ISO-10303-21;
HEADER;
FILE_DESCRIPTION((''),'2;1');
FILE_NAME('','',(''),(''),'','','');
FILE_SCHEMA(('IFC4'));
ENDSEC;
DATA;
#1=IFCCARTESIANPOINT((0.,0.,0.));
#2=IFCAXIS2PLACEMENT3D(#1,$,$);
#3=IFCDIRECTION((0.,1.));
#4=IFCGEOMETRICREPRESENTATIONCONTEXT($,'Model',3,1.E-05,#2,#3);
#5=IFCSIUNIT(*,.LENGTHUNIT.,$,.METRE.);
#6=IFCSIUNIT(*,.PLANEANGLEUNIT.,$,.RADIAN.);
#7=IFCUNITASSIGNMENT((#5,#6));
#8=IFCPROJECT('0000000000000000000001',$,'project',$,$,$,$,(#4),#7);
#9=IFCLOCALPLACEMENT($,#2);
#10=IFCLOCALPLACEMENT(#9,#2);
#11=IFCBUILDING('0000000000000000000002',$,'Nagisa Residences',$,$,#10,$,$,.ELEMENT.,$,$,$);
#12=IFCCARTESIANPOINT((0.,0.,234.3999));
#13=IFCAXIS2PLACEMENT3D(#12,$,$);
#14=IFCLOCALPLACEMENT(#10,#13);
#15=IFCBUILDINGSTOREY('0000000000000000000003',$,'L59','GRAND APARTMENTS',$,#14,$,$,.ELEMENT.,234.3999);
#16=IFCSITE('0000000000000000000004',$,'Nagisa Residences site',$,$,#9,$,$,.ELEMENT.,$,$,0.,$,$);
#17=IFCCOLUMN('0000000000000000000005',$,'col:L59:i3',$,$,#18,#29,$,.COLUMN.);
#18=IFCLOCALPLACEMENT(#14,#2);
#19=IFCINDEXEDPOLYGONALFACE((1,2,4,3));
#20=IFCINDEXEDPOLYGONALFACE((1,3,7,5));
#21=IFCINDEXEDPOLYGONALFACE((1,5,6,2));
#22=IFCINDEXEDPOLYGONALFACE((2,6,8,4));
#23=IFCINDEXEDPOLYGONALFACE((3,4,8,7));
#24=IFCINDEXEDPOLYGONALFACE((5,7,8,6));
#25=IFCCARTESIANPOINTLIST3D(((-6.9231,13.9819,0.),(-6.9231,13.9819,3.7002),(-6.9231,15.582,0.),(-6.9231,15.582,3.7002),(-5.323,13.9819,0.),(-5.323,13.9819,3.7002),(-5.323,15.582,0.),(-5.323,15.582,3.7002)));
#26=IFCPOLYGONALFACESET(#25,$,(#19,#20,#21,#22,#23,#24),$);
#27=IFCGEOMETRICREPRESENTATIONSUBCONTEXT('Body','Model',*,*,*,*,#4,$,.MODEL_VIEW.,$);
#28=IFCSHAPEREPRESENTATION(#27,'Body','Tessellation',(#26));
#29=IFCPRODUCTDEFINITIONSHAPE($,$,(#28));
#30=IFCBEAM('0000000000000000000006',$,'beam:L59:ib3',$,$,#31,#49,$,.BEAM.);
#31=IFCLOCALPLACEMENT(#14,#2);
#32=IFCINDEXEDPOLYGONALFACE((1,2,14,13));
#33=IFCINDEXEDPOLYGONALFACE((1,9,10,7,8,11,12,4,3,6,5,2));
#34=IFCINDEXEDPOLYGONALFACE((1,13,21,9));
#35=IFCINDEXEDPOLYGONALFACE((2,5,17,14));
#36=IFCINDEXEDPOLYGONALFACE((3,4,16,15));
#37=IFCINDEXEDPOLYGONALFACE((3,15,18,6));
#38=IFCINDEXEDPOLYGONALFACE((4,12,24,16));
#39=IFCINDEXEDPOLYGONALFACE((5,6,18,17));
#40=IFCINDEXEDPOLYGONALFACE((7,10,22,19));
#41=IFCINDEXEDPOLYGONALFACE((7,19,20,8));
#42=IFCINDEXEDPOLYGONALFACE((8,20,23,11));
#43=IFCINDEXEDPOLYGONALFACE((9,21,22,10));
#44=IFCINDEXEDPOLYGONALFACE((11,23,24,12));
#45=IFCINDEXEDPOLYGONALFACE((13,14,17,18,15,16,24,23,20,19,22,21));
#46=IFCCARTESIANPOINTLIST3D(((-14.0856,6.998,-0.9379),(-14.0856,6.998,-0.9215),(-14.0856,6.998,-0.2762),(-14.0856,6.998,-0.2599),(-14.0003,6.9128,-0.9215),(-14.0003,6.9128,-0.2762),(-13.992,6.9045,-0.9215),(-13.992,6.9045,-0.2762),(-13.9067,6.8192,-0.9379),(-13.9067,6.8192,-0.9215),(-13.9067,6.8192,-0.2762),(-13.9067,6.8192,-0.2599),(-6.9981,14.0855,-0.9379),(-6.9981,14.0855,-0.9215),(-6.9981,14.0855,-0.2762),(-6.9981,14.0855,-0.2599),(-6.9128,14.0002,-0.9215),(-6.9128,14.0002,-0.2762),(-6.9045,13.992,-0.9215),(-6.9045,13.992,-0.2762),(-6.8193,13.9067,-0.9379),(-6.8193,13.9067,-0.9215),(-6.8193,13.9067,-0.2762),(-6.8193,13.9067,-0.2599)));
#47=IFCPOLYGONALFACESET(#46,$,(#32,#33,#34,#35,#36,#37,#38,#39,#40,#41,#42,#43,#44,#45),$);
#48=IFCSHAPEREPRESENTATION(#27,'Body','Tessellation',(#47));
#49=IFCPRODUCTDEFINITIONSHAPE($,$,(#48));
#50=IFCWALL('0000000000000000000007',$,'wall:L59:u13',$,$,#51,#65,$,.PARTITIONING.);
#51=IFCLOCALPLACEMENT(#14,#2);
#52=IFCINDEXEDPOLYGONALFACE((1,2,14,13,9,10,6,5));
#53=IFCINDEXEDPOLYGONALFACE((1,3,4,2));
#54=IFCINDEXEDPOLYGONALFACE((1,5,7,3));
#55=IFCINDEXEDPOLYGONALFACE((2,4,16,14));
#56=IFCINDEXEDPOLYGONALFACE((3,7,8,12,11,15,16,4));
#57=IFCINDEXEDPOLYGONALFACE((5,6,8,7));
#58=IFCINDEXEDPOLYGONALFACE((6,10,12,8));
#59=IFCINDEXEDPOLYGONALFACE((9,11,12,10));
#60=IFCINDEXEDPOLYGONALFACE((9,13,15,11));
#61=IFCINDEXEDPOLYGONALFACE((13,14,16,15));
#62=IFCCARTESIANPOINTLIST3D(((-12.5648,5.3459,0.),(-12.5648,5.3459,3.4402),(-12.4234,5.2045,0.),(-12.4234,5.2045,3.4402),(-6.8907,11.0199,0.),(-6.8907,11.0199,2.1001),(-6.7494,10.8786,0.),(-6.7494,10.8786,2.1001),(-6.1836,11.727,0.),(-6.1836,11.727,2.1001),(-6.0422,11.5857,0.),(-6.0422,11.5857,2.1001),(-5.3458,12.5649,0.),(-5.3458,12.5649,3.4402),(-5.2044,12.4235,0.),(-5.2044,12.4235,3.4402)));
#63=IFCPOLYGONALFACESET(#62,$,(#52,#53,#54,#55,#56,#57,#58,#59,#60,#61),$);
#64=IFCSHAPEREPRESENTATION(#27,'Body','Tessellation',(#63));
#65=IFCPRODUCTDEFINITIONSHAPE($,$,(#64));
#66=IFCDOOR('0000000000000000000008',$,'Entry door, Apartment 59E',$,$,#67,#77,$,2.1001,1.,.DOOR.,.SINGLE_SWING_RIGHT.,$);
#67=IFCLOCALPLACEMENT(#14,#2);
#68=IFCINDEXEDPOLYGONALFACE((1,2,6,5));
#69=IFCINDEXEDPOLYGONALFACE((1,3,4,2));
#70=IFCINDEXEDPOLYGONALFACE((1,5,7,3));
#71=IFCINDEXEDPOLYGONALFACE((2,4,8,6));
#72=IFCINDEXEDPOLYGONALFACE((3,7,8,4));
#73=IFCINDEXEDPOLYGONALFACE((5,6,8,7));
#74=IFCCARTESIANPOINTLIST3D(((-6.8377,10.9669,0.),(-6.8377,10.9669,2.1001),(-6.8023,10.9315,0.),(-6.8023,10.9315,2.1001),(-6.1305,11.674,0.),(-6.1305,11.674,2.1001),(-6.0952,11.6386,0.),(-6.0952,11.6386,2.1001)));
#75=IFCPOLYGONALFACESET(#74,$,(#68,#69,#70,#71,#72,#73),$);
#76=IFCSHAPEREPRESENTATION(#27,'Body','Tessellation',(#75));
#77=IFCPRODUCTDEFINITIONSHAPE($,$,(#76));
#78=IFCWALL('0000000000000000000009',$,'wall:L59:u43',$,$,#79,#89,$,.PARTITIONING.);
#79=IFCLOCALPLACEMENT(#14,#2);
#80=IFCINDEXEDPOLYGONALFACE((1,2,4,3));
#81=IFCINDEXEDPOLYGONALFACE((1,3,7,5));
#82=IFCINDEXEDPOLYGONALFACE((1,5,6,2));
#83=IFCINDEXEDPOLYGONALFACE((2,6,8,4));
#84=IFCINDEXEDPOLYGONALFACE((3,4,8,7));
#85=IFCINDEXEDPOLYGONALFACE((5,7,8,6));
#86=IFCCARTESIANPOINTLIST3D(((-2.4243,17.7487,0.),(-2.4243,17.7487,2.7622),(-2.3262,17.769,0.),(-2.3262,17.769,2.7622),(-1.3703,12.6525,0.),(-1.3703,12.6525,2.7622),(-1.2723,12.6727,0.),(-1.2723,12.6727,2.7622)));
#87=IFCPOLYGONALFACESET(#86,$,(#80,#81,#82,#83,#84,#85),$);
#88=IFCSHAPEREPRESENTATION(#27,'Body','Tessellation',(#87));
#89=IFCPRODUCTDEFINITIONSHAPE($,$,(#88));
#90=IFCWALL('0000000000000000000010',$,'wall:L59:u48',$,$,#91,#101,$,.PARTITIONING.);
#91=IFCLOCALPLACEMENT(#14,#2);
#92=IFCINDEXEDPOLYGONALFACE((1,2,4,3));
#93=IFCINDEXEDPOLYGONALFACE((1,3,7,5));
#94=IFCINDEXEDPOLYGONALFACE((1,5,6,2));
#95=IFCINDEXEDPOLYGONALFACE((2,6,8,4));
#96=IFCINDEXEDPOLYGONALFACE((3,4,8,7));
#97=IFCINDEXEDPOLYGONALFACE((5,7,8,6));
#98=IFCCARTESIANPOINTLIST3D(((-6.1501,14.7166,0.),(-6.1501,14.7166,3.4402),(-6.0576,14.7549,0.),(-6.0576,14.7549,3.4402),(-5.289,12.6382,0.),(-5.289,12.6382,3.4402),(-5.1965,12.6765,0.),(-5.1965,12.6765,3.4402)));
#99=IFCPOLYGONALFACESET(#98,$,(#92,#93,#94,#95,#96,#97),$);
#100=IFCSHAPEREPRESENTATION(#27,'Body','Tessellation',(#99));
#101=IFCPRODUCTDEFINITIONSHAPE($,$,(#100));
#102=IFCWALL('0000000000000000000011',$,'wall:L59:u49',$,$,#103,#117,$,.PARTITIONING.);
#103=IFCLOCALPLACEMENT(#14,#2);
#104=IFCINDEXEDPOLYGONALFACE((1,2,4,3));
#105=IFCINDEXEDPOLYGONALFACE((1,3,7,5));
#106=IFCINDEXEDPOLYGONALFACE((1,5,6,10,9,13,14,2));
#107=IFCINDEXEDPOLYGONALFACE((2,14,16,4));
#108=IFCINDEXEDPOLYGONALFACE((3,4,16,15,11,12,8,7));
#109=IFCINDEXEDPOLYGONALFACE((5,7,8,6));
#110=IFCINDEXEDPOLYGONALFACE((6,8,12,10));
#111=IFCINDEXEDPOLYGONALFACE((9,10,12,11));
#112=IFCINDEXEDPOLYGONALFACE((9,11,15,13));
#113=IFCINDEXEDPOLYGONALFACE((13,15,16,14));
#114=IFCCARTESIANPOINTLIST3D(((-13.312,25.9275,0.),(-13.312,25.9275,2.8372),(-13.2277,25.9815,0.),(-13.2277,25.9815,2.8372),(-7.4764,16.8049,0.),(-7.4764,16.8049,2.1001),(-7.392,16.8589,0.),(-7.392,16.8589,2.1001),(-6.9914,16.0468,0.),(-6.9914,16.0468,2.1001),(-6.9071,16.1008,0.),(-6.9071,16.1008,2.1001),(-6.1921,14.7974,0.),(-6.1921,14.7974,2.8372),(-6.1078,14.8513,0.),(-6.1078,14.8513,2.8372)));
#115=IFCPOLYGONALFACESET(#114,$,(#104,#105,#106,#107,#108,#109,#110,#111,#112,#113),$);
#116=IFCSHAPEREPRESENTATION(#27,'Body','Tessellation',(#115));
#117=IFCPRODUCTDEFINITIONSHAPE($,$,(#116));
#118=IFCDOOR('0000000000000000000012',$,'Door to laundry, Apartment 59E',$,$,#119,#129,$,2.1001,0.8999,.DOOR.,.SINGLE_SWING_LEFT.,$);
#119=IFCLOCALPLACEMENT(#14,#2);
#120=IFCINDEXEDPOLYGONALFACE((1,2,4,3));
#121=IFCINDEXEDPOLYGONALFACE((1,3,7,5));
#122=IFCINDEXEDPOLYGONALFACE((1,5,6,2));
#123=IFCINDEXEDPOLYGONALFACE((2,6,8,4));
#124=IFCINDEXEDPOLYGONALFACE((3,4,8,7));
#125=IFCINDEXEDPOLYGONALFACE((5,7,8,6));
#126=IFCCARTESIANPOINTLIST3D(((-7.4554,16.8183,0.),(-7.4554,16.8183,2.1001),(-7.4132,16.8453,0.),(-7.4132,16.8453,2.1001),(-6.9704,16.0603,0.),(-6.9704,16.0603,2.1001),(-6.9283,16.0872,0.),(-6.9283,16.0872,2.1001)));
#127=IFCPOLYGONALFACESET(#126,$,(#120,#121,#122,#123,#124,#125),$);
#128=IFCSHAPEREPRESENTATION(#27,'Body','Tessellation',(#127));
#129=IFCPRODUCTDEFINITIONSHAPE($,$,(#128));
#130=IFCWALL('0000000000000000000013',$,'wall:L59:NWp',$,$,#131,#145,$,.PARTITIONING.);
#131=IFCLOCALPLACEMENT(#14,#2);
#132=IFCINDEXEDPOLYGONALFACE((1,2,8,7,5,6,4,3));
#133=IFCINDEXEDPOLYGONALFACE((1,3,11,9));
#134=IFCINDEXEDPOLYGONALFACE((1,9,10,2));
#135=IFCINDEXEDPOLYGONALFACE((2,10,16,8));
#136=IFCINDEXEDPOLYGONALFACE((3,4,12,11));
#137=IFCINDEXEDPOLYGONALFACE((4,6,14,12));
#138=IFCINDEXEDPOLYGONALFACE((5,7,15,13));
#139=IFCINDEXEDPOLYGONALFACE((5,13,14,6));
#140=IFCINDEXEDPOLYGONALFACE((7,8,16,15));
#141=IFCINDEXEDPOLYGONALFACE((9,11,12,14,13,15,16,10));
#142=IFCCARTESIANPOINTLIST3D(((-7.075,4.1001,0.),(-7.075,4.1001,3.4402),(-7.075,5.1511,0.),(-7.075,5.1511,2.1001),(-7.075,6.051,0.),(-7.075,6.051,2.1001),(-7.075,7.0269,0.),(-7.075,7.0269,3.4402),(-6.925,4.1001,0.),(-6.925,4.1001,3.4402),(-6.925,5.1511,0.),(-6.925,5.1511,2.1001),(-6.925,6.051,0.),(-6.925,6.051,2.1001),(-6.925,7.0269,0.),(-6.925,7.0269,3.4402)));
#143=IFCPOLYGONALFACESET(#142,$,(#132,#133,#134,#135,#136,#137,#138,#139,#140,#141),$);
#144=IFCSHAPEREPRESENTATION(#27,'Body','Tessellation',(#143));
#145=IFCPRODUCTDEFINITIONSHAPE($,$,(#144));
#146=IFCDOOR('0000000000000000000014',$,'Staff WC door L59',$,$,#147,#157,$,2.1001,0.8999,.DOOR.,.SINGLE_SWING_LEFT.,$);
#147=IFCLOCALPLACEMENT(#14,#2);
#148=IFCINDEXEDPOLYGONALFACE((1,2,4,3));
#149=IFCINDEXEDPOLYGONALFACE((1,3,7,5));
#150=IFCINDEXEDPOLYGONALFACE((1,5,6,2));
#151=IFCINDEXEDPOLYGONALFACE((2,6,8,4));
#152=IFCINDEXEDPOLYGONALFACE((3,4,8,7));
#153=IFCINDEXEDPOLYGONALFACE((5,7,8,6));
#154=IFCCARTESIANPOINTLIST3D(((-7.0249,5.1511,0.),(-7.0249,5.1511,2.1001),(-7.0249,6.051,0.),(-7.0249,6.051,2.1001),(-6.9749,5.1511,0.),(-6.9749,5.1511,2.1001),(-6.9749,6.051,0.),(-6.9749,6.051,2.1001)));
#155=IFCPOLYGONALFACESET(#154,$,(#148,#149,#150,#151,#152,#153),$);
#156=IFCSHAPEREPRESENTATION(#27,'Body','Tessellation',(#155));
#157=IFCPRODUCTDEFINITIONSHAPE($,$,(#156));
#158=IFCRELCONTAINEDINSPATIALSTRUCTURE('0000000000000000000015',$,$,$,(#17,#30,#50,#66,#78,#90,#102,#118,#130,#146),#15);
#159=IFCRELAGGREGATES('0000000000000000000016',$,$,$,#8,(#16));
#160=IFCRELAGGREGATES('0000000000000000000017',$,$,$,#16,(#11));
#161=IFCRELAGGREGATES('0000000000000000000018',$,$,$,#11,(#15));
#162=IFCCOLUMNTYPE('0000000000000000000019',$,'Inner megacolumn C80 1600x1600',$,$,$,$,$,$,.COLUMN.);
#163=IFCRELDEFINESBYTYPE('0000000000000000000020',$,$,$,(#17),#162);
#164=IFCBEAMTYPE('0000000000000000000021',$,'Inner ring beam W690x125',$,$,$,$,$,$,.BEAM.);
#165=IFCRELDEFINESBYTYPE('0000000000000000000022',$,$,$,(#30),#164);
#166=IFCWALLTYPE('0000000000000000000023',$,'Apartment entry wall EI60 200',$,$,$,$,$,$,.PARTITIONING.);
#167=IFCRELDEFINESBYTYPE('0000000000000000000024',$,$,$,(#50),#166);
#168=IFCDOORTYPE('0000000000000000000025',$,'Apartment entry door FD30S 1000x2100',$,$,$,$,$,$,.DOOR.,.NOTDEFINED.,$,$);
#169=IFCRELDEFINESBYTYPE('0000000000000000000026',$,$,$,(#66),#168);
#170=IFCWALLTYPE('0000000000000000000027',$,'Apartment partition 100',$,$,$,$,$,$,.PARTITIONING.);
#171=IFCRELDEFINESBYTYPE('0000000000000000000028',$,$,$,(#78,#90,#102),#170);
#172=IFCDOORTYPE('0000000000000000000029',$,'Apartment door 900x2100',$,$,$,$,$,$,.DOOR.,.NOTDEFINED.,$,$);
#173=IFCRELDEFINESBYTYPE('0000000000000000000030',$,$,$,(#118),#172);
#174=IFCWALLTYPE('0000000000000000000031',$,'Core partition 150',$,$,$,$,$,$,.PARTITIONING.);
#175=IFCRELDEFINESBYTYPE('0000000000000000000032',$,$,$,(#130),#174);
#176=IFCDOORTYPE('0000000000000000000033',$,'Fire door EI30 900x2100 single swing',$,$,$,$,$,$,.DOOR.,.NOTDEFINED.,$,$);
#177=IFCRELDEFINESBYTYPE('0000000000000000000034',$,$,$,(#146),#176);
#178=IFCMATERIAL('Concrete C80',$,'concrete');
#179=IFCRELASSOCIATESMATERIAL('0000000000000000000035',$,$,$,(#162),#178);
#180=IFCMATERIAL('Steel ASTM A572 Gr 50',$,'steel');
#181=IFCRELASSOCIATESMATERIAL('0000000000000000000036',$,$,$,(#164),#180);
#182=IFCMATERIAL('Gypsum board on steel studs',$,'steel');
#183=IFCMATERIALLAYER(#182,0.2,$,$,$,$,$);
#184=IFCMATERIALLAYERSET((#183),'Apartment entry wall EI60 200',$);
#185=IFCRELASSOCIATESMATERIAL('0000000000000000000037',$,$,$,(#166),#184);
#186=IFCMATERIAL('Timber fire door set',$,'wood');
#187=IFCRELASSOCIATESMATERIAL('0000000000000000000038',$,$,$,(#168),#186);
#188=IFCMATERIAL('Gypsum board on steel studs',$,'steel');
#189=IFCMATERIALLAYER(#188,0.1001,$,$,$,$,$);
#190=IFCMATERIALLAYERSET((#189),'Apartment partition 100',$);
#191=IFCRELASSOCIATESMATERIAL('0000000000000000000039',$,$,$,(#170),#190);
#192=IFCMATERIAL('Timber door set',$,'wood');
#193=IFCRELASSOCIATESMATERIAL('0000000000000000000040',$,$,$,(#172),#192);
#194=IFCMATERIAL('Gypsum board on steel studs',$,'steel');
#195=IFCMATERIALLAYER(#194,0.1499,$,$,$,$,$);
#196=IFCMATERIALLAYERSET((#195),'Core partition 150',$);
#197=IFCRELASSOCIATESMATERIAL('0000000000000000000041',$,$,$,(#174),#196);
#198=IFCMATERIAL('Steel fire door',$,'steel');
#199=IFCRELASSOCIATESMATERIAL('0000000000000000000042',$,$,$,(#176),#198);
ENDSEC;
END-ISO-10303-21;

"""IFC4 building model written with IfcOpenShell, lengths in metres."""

from ifc_helpers import new_model, si_unit, direction, frame, frame_2d, origin, origin_2d, place, context, subcontext, project, spatial, rectangle, i_section, extrude, material, layer, layer_set, material_profile, profile_set, type_object, element, fill, save


model = new_model("IFC4")

# Units and contexts
model_context = context("Model", 3, precision=1e-05, world=origin(), true_north=direction((0.0, 1.0)))
body_context = subcontext(model_context, "Body", "Model", "MODEL_VIEW")
ifc_project = project(units=[si_unit("LENGTHUNIT", "METRE"), si_unit("PLANEANGLEUNIT", "RADIAN")], contexts=[model_context])

# Site, building, storey
site_placement = place(None, origin())
site = spatial("IfcSite", under=ifc_project, at=site_placement, Name="Nagisa Residences site", CompositionType="ELEMENT", RefElevation=0.0)
building_placement = place(site_placement, origin())
building = spatial("IfcBuilding", under=site, at=building_placement, Name="Nagisa Residences", CompositionType="ELEMENT")
storey_placement = place(building_placement, frame((0.0, 0.0, 234.3999)))
storey = spatial("IfcBuildingStorey", under=building, at=storey_placement, Name="L59", Description="GRAND APARTMENTS", CompositionType="ELEMENT", Elevation=234.3999)

# Column
ifc_material_1 = material(Name="Concrete C80", Category="concrete")
ifc_material_profile_1 = material_profile(ifc_material_1, rectangle(XDim=1.6001, YDim=1.6001, at=origin_2d()), Name="C80 1600x1600")
ifc_profile_set_1 = profile_set([ifc_material_profile_1], Name="Concrete C80")
column_type = type_object("IfcColumnType", Name="Inner megacolumn C80 1600x1600", PredefinedType="COLUMN", material=ifc_profile_set_1)
column_placement = place(storey_placement, frame((-6.123, 14.782, 0.0), z_axis=(0.0, 0.0, 1.0), x_axis=(1.0, 0.0, 0.0)))
element("IfcColumn", 1, at=column_placement, inside=storey, type_object=column_type, Name="col:L59:i3", PredefinedType="COLUMN", context=body_context, shape_type="SweptSolid", body=[
    extrude(rectangle(XDim=1.6001, YDim=1.6001, at=origin_2d()), origin(), (0.0, 0.0, 1.0), 3.7002),
])

# Beam
ifc_material_2 = material(Name="Steel ASTM A572 Gr 50", Category="steel")
ifc_material_profile_2 = material_profile(ifc_material_2, i_section(OverallWidth=0.2529, OverallDepth=0.678, WebThickness=0.0117, FlangeThickness=0.0164, at=origin_2d()), Name="W690x125")
ifc_profile_set_2 = profile_set([ifc_material_profile_2], Name="Steel ASTM A572 Gr 50")
beam_type = type_object("IfcBeamType", Name="Inner ring beam W690x125", PredefinedType="BEAM", material=ifc_profile_set_2)
beam_placement = place(storey_placement, frame((-6.9087, 13.9961, -0.5989), z_axis=(-0.707107, -0.707107, 0.0), x_axis=(0.707107, -0.707107, 0.0)))
element("IfcBeam", 2, at=beam_placement, inside=storey, type_object=beam_type, Name="beam:L59:ib3", PredefinedType="BEAM", context=body_context, shape_type="SweptSolid", body=[
    extrude(i_section(OverallWidth=0.2529, OverallDepth=0.678, WebThickness=0.0117, FlangeThickness=0.0164, at=origin_2d()), origin(), (0.0, 0.0, 1.0), 10.0232),
])

# Wall, opening, door
ifc_material_3 = material(Name="Gypsum board on steel studs", Category="steel")
ifc_layer_1 = layer(ifc_material_3, 0.2)
ifc_layer_set_1 = layer_set([ifc_layer_1], Name="Apartment entry wall EI60 200")
wall_type_1 = type_object("IfcWallType", Name="Apartment entry wall EI60 200", PredefinedType="PARTITIONING", material=ifc_layer_set_1)
wall_1_placement = place(storey_placement, frame((-5.2751, 12.4941, 0.0), z_axis=(0.0, 0.0, 1.0), x_axis=(-0.707107, -0.707107, 0.0)))
wall_1 = element("IfcWall", 3, at=wall_1_placement, inside=storey, type_object=wall_type_1, Name="wall:L59:u13", PredefinedType="PARTITIONING", context=body_context, shape_type="SweptSolid", body=[
    extrude(rectangle(XDim=10.2092, YDim=0.2, at=frame_2d((5.1045, 0.0))), origin(), (0.0, 0.0, 1.0), 3.4402),
])
opening_1_placement = place(wall_1_placement, frame((1.1848, 0.0, 0.0)))
opening_1 = element("IfcOpeningElement", 4, at=opening_1_placement, cuts=wall_1, PredefinedType="OPENING", context=body_context, shape_type="SweptSolid", body=[
    extrude(rectangle(XDim=1.0, YDim=2.1001, at=frame_2d((0.5, 1.05))), frame((0.0, 0.1099, 0.0), z_axis=(0.0, -1.0, 0.0), x_axis=(1.0, 0.0, 0.0)), (0.0, 0.0, 1.0), 0.22),
])
ifc_material_4 = material(Name="Timber fire door set", Category="wood")
door_type_1 = type_object("IfcDoorType", Name="Apartment entry door FD30S 1000x2100", OperationType="NOTDEFINED", PredefinedType="DOOR", material=ifc_material_4)
door_1_placement = place(opening_1_placement, frame((1.0, 0.0, 0.0), x_axis=(-1.0, 0.0, 0.0)))
door_1 = element("IfcDoor", 5, at=door_1_placement, inside=storey, type_object=door_type_1, Name="Entry door, Apartment 59E", OperationType="SINGLE_SWING_RIGHT", OverallHeight=2.1001, OverallWidth=1.0, PredefinedType="DOOR", context=body_context, shape_type="SweptSolid", body=[
    extrude(rectangle(XDim=1.0, YDim=2.1001, at=frame_2d((0.5, 1.05))), frame((0.0, 0.0249, 0.0), z_axis=(0.0, -1.0, 0.0), x_axis=(1.0, 0.0, 0.0)), (0.0, 0.0, 1.0), 0.05),
])
fill(opening_1, door_1)

# Walls
ifc_material_5 = material(Name="Gypsum board on steel studs", Category="steel")
ifc_layer_2 = layer(ifc_material_5, 0.1001)
ifc_layer_set_2 = layer_set([ifc_layer_2], Name="Apartment partition 100")
wall_type_2 = type_object("IfcWallType", Name="Apartment partition 100", PredefinedType="PARTITIONING", material=ifc_layer_set_2)
wall_2_placement = place(storey_placement, frame((-1.3213, 12.6626, 0.0), z_axis=(0.0, 0.0, 1.0), x_axis=(-0.202526, 0.979277, 0.0)))
element("IfcWall", 6, at=wall_2_placement, inside=storey, type_object=wall_type_2, Name="wall:L59:u43", PredefinedType="PARTITIONING", context=body_context, shape_type="SweptSolid", body=[
    extrude(rectangle(XDim=5.2041, YDim=0.1001, at=frame_2d((2.6021, 0.0))), origin(), (0.0, 0.0, 1.0), 2.7622),
])
wall_3_placement = place(storey_placement, frame((-5.2427, 12.6572, 0.0), z_axis=(0.0, 0.0, 1.0), x_axis=(-0.382758, 0.923849, 0.0)))
element("IfcWall", 7, at=wall_3_placement, inside=storey, type_object=wall_type_2, Name="wall:L59:u48", PredefinedType="PARTITIONING", context=body_context, shape_type="SweptSolid", body=[
    extrude(rectangle(XDim=2.2498, YDim=0.1001, at=frame_2d((1.125, 0.0))), origin(), (0.0, 0.0, 1.0), 3.4402),
])

# Walls, openings, doors
wall_4_placement = place(storey_placement, frame((-6.1499, 14.8242, 0.0), z_axis=(0.0, 0.0, 1.0), x_axis=(-0.538871, 0.842388, 0.0)))
wall_4 = element("IfcWall", 8, at=wall_4_placement, inside=storey, type_object=wall_type_2, Name="wall:L59:u49", PredefinedType="PARTITIONING", context=body_context, shape_type="SweptSolid", body=[
    extrude(rectangle(XDim=13.2126, YDim=0.1001, at=frame_2d((6.6064, 0.0))), origin(), (0.0, 0.0, 1.0), 2.8372),
])
opening_2_placement = place(wall_4_placement, frame((1.4834, 0.0, 0.0)))
opening_2 = element("IfcOpeningElement", 9, at=opening_2_placement, cuts=wall_4, PredefinedType="OPENING", context=body_context, shape_type="SweptSolid", body=[
    extrude(rectangle(XDim=0.8999, YDim=2.1001, at=frame_2d((0.45, 1.05))), frame((0.0, 0.0601, 0.0), z_axis=(0.0, -1.0, 0.0), x_axis=(1.0, 0.0, 0.0)), (0.0, 0.0, 1.0), 0.1201),
])
ifc_material_6 = material(Name="Timber door set", Category="wood")
door_type_2 = type_object("IfcDoorType", Name="Apartment door 900x2100", OperationType="NOTDEFINED", PredefinedType="DOOR", material=ifc_material_6)
door_2_placement = place(opening_2_placement, frame((0.8999, 0.0, 0.0), x_axis=(-1.0, 0.0, 0.0)))
door_2 = element("IfcDoor", 10, at=door_2_placement, inside=storey, type_object=door_type_2, Name="Door to laundry, Apartment 59E", OperationType="SINGLE_SWING_LEFT", OverallHeight=2.1001, OverallWidth=0.8999, PredefinedType="DOOR", context=body_context, shape_type="SweptSolid", body=[
    extrude(rectangle(XDim=0.8999, YDim=2.1001, at=frame_2d((0.45, 1.05))), frame((0.0, 0.0249, 0.0), z_axis=(0.0, -1.0, 0.0), x_axis=(1.0, 0.0, 0.0)), (0.0, 0.0, 1.0), 0.05),
])
fill(opening_2, door_2)
ifc_material_7 = material(Name="Gypsum board on steel studs", Category="steel")
ifc_layer_3 = layer(ifc_material_7, 0.1499)
ifc_layer_set_3 = layer_set([ifc_layer_3], Name="Core partition 150")
wall_type_3 = type_object("IfcWallType", Name="Core partition 150", PredefinedType="PARTITIONING", material=ifc_layer_set_3)
wall_5_placement = place(storey_placement, frame((-7.0, 4.1001, 0.0), z_axis=(0.0, 0.0, 1.0), x_axis=(0.0, 1.0, 0.0)))
wall_5 = element("IfcWall", 11, at=wall_5_placement, inside=storey, type_object=wall_type_3, Name="wall:L59:NWp", PredefinedType="PARTITIONING", context=body_context, shape_type="SweptSolid", body=[
    extrude(rectangle(XDim=2.9268, YDim=0.1499, at=frame_2d((1.4634, 0.0))), origin(), (0.0, 0.0, 1.0), 3.4402),
])
opening_3_placement = place(wall_5_placement, frame((1.051, 0.0, 0.0)))
opening_3 = element("IfcOpeningElement", 12, at=opening_3_placement, cuts=wall_5, PredefinedType="OPENING", context=body_context, shape_type="SweptSolid", body=[
    extrude(rectangle(XDim=0.8999, YDim=2.1001, at=frame_2d((0.45, 1.05))), frame((0.0, 0.085, 0.0), z_axis=(0.0, -1.0, 0.0), x_axis=(1.0, 0.0, 0.0)), (0.0, 0.0, 1.0), 0.1699),
])
ifc_material_8 = material(Name="Steel fire door", Category="steel")
door_type_3 = type_object("IfcDoorType", Name="Fire door EI30 900x2100 single swing", OperationType="NOTDEFINED", PredefinedType="DOOR", material=ifc_material_8)
door_3_placement = place(opening_3_placement, origin())
door_3 = element("IfcDoor", 13, at=door_3_placement, inside=storey, type_object=door_type_3, Name="Staff WC door L59", OperationType="SINGLE_SWING_LEFT", OverallHeight=2.1001, OverallWidth=0.8999, PredefinedType="DOOR", context=body_context, shape_type="SweptSolid", body=[
    extrude(rectangle(XDim=0.8999, YDim=2.1001, at=frame_2d((0.45, 1.05))), frame((0.0, 0.0249, 0.0), z_axis=(0.0, -1.0, 0.0), x_axis=(1.0, 0.0, 0.0)), (0.0, 0.0, 1.0), 0.05),
])
fill(opening_3, door_3)

save(model, "model.ifc")
